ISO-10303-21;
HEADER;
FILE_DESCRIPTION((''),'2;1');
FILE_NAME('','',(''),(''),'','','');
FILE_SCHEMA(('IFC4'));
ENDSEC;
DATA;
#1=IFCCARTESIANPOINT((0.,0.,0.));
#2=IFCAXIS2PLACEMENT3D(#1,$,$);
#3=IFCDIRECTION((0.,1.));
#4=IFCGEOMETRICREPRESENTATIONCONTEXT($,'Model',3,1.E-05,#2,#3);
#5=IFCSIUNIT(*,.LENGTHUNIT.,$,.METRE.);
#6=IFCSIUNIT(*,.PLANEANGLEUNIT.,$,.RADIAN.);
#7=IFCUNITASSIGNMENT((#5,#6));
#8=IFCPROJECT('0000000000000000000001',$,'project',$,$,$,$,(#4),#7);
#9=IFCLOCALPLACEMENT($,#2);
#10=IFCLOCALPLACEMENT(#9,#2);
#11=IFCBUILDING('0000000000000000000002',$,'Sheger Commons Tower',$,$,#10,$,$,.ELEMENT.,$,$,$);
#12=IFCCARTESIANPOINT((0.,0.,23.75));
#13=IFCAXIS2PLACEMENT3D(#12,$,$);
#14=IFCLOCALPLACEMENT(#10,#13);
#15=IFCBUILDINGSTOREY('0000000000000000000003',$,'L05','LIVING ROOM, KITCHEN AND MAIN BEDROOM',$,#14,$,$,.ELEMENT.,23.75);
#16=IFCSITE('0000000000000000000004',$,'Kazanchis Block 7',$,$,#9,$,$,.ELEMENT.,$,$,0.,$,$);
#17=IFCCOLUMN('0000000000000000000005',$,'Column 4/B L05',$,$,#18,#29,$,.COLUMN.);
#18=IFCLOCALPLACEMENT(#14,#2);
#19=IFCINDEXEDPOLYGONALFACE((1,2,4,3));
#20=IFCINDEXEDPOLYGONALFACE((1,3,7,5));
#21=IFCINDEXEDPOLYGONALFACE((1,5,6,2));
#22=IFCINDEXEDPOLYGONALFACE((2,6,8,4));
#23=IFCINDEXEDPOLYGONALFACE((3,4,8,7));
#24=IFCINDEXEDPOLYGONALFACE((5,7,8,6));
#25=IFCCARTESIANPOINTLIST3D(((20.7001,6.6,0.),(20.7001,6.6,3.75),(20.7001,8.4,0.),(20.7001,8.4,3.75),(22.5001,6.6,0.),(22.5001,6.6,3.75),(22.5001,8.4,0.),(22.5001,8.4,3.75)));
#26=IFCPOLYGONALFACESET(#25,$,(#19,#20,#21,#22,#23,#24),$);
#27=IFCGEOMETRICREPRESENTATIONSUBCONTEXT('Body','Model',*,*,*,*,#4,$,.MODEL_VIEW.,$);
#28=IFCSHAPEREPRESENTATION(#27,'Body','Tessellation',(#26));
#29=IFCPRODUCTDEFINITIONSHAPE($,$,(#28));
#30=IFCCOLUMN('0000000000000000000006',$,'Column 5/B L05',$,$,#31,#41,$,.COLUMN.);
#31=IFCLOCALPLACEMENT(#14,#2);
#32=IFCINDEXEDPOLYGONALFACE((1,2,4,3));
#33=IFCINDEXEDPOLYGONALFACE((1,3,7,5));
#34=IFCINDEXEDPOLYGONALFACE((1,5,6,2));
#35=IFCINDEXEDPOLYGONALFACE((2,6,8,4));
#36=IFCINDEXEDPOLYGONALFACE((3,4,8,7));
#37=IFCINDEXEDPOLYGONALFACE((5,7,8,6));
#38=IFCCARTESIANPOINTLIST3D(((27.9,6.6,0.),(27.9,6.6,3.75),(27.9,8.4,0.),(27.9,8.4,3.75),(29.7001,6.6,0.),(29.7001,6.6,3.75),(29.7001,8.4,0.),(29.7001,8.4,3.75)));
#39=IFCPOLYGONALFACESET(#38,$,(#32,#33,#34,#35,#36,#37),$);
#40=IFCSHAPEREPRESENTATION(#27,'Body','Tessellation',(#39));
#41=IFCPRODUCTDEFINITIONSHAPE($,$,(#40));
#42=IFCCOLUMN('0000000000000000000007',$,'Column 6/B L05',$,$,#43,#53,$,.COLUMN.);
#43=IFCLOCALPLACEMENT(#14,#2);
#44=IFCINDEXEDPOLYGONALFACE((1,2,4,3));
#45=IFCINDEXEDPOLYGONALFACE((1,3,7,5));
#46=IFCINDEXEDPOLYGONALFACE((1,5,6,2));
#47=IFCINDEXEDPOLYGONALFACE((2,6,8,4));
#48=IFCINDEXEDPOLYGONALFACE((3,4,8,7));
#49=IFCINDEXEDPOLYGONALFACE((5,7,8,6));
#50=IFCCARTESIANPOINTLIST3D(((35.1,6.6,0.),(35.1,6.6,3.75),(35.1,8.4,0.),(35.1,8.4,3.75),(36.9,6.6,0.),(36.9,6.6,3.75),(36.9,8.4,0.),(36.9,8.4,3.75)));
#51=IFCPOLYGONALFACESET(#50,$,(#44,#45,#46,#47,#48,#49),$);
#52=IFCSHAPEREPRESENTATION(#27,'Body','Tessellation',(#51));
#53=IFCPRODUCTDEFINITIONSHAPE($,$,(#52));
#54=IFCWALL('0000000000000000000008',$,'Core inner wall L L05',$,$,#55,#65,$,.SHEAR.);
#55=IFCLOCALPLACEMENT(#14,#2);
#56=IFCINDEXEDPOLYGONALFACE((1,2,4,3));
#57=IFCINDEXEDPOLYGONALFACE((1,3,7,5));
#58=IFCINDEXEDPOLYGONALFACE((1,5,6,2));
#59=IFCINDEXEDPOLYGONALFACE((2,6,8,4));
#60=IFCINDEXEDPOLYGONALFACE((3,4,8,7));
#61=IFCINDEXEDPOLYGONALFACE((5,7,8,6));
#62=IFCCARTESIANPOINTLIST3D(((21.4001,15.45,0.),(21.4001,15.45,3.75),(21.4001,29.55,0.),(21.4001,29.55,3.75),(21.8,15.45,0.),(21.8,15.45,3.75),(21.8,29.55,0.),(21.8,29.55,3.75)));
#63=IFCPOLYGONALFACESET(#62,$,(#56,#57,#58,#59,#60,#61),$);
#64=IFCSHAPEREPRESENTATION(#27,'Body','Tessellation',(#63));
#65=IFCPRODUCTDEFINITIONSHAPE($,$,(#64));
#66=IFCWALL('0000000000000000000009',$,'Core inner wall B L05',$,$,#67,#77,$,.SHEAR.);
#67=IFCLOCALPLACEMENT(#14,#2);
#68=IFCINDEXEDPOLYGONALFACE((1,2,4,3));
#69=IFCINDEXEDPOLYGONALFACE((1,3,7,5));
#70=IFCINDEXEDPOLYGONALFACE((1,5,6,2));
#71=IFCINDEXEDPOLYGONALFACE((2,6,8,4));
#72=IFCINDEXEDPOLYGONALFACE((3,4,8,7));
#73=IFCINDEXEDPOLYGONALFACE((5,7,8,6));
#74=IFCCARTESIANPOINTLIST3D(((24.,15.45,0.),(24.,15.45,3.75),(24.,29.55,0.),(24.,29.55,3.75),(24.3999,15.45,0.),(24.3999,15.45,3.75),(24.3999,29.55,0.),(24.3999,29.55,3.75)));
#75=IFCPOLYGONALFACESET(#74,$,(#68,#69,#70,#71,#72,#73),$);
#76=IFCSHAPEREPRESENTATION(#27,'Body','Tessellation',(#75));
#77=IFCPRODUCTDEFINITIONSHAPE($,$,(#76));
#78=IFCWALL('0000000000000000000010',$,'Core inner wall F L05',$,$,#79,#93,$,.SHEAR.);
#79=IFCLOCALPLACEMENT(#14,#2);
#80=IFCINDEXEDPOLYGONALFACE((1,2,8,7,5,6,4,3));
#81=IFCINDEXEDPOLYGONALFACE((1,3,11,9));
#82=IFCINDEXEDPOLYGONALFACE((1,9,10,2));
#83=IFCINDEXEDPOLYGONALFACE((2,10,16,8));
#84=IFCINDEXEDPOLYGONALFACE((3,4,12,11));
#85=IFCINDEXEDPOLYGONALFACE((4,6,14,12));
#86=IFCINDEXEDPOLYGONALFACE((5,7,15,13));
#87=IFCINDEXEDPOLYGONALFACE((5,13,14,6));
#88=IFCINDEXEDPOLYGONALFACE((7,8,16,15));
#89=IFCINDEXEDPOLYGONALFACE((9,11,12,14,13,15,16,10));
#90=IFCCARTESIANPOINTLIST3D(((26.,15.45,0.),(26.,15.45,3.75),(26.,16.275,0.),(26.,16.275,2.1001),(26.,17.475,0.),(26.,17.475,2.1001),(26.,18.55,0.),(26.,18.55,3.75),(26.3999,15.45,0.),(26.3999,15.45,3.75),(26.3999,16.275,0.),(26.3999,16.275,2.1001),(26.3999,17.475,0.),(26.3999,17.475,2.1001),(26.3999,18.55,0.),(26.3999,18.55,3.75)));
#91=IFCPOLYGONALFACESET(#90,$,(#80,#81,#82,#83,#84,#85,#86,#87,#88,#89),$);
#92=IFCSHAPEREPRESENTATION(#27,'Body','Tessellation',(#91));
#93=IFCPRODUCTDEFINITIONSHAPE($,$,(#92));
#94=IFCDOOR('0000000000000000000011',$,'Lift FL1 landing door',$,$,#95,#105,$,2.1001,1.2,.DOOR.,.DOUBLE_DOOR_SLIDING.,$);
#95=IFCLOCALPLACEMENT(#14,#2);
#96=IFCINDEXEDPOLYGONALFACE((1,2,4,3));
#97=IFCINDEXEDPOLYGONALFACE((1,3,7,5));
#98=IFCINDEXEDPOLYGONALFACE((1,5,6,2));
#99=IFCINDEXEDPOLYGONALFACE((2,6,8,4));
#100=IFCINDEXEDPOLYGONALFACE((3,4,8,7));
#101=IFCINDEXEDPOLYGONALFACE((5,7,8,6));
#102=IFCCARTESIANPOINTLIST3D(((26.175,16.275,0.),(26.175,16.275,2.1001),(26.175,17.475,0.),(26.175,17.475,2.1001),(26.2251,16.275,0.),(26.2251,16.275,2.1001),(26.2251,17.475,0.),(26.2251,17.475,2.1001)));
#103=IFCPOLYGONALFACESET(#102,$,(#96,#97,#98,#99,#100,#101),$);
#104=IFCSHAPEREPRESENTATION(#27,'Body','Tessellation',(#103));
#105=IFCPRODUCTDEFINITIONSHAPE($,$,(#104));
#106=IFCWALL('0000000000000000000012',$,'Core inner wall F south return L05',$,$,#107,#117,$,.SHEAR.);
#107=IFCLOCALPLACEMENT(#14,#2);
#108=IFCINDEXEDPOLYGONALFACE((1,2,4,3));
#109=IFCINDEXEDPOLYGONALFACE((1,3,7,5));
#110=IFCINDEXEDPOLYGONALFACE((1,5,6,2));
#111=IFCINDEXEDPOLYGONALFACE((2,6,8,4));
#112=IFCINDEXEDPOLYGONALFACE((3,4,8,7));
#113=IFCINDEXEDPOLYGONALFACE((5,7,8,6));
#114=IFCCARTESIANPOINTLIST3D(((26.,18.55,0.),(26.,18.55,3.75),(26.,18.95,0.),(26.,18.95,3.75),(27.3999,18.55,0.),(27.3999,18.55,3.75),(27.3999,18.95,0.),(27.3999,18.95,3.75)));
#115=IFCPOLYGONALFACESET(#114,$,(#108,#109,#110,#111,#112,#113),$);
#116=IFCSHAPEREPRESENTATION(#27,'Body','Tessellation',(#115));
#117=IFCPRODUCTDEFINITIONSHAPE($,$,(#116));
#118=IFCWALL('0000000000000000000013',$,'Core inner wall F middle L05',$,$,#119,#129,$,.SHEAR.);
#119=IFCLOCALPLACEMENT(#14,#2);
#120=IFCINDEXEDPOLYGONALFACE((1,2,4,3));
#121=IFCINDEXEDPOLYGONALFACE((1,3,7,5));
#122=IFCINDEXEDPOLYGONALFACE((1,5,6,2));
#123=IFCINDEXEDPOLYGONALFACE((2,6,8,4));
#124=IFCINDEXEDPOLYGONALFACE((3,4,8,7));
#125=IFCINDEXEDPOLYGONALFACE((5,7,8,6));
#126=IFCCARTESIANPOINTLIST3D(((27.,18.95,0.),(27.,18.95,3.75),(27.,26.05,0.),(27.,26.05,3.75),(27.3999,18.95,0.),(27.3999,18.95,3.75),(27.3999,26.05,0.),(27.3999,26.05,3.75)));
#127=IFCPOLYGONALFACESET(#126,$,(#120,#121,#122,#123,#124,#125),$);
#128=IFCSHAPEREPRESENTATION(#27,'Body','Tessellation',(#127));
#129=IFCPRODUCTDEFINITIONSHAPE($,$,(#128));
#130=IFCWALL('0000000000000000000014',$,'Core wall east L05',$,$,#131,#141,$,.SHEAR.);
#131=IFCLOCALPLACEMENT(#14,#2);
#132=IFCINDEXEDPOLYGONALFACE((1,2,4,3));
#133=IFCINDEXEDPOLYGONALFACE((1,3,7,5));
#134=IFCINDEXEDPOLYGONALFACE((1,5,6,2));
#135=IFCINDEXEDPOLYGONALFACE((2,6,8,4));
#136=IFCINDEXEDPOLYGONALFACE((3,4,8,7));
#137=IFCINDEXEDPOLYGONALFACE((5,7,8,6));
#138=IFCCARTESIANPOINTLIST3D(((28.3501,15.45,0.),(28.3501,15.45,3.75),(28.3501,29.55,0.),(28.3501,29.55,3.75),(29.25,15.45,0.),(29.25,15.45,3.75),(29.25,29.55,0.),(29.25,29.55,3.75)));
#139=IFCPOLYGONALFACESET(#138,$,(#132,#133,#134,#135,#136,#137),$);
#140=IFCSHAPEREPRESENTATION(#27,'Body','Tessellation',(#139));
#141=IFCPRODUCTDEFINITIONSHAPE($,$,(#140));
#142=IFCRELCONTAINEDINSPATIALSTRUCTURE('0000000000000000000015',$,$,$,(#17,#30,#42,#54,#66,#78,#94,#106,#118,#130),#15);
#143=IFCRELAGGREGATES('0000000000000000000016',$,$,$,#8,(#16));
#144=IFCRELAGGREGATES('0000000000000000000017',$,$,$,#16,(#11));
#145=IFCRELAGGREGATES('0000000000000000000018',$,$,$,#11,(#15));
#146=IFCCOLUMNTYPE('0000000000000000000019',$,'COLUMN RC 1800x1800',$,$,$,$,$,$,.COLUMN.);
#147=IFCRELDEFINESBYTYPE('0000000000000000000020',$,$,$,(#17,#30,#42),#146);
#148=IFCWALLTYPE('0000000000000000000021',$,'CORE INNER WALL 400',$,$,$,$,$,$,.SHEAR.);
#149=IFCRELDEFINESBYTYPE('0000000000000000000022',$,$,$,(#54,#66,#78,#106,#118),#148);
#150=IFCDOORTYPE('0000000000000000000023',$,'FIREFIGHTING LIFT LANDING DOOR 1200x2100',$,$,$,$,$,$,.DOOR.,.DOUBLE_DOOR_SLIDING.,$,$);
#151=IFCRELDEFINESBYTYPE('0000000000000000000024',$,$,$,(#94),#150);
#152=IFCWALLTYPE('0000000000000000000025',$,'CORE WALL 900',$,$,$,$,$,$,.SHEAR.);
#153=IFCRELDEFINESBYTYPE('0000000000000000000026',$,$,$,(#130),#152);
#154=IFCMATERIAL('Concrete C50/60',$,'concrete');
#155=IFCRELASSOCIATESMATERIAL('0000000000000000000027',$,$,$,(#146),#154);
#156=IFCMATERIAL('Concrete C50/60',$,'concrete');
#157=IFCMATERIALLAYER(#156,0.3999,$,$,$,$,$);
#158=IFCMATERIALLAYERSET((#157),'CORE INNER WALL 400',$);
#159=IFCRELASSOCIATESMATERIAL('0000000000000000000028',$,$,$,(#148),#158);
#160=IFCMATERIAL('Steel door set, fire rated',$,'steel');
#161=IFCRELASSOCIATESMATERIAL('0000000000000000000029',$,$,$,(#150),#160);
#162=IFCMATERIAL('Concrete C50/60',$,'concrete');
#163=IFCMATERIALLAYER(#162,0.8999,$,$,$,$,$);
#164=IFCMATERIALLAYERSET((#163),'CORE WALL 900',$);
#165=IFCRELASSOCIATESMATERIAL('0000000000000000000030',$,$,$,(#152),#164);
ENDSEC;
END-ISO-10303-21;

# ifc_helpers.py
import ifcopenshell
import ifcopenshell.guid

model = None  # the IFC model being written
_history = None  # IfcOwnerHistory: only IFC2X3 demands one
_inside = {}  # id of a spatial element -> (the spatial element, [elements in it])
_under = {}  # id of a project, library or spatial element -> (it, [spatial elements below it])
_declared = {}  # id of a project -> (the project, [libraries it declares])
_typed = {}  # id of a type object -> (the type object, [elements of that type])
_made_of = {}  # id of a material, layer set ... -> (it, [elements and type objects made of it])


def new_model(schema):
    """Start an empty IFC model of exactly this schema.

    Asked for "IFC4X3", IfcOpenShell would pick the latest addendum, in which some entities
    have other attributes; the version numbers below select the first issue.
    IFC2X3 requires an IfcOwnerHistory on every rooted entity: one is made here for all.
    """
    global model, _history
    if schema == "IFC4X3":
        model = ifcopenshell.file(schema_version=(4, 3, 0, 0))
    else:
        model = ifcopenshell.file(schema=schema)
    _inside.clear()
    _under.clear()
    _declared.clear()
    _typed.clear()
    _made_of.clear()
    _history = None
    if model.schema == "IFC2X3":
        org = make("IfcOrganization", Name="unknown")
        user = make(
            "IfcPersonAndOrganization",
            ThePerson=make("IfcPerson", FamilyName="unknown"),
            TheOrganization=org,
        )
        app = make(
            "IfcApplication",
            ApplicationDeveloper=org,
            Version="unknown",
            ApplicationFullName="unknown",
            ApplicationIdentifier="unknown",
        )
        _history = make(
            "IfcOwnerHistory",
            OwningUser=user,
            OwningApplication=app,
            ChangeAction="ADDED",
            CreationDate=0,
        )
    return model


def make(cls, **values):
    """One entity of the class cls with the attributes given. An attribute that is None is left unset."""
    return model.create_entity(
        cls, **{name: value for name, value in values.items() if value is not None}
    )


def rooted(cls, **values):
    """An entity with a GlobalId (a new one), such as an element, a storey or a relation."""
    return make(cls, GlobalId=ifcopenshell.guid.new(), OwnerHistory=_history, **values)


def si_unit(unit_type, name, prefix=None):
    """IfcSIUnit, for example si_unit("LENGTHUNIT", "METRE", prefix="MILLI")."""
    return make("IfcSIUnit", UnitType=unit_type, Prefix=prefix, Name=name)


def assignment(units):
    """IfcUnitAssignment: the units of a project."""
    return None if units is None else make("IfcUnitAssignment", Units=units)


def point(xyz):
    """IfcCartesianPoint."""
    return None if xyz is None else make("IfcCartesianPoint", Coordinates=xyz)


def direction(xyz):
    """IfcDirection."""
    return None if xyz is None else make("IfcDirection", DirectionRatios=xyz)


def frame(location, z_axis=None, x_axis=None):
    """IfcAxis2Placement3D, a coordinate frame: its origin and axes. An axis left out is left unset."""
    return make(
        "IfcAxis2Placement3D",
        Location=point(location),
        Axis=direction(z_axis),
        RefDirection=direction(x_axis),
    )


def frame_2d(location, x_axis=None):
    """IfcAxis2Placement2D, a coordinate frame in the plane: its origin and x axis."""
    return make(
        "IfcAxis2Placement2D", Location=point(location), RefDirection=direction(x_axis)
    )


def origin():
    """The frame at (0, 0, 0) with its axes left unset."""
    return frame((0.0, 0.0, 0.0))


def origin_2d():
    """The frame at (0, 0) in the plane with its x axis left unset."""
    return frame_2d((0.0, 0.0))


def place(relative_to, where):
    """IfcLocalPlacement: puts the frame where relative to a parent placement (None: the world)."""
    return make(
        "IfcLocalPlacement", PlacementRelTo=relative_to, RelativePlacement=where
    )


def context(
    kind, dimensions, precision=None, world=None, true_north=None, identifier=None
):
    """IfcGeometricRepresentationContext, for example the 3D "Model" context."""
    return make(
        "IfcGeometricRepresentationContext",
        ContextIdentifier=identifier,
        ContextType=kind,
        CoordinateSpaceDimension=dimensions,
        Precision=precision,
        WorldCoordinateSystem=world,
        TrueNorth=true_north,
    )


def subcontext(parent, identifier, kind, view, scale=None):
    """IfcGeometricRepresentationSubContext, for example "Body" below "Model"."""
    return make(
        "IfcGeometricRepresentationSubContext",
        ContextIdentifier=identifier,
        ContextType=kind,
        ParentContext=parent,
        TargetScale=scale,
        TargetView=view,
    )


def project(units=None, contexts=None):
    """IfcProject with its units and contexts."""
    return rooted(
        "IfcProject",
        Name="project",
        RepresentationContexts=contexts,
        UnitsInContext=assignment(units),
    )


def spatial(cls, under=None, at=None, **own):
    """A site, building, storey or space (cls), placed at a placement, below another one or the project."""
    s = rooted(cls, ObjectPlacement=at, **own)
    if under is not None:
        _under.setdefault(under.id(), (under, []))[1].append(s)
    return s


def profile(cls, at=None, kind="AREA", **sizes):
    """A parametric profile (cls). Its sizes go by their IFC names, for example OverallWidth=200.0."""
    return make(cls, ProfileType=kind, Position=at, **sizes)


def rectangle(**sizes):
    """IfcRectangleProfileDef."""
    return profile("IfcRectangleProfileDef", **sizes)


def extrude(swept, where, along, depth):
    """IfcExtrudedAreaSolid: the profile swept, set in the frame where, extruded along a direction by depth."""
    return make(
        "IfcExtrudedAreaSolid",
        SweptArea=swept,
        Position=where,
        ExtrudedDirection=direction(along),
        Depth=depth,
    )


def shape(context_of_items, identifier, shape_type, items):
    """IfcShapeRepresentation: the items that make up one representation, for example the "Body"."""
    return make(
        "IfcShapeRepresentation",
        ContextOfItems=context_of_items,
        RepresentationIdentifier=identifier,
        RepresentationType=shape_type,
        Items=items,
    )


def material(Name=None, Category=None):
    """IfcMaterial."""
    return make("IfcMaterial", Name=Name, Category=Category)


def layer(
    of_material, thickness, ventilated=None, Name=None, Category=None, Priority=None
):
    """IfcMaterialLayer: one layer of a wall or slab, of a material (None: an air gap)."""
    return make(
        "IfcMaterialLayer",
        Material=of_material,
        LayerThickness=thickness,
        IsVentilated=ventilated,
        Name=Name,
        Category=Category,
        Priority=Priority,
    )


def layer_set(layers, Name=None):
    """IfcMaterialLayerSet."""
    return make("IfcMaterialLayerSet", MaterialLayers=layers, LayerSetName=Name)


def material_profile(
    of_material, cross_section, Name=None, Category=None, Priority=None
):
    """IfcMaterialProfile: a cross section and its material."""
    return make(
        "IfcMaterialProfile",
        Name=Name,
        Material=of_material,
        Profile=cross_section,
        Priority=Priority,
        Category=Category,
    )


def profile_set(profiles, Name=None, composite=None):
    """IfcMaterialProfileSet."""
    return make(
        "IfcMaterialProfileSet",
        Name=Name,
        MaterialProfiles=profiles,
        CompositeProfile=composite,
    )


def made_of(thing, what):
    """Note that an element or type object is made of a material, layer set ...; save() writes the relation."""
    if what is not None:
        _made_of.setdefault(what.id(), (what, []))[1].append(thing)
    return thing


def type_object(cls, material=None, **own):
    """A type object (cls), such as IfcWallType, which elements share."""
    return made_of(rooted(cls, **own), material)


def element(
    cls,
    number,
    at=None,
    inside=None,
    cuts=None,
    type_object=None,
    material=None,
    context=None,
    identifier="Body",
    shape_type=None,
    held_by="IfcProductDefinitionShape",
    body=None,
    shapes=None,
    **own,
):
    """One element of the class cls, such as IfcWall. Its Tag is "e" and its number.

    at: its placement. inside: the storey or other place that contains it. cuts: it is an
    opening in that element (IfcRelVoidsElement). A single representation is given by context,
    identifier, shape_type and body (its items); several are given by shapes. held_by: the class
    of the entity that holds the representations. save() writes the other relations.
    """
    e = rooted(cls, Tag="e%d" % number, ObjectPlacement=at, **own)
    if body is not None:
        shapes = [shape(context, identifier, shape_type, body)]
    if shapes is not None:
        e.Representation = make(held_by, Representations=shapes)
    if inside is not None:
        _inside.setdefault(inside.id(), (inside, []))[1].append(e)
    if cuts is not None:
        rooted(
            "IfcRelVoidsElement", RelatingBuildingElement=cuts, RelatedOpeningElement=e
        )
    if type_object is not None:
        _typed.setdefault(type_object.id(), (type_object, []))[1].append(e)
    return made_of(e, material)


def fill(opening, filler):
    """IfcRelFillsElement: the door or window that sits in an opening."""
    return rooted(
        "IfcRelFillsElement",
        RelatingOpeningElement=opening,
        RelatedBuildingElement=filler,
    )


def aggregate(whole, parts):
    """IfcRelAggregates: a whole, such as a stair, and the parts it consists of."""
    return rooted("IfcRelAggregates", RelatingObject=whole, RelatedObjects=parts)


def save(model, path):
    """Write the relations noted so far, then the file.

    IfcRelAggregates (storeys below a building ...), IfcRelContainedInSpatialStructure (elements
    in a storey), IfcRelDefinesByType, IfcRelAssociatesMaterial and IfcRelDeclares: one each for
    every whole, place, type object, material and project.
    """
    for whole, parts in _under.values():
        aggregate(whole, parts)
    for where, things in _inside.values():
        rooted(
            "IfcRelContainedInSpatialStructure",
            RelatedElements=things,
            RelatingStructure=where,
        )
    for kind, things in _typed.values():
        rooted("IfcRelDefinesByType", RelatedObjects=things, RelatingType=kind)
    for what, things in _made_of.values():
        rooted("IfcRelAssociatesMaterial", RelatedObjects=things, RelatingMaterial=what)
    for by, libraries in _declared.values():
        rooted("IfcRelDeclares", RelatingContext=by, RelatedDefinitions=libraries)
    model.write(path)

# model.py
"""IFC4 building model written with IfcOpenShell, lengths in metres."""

from ifc_helpers import new_model, si_unit, direction, frame, frame_2d, origin, origin_2d, place, context, subcontext, project, spatial, rectangle, extrude, material, layer, layer_set, material_profile, profile_set, type_object, element, fill, save


model = new_model("IFC4")

# Units and contexts
model_context = context("Model", 3, precision=1e-05, world=origin(), true_north=direction((0.0, 1.0)))
body_context = subcontext(model_context, "Body", "Model", "MODEL_VIEW")
ifc_project = project(units=[si_unit("LENGTHUNIT", "METRE"), si_unit("PLANEANGLEUNIT", "RADIAN")], contexts=[model_context])

# Site, building, storey
site_placement = place(None, origin())
site = spatial("IfcSite", under=ifc_project, at=site_placement, Name="Kazanchis Block 7", CompositionType="ELEMENT", RefElevation=0.0)
building_placement = place(site_placement, origin())
building = spatial("IfcBuilding", under=site, at=building_placement, Name="Sheger Commons Tower", CompositionType="ELEMENT")
storey_placement = place(building_placement, frame((0.0, 0.0, 23.75)))
storey = spatial("IfcBuildingStorey", under=building, at=storey_placement, Name="L05", Description="LIVING ROOM, KITCHEN AND MAIN BEDROOM", CompositionType="ELEMENT", Elevation=23.75)

# Columns
ifc_material_1 = material(Name="Concrete C50/60", Category="concrete")
ifc_material_profile = material_profile(ifc_material_1, rectangle(XDim=1.8, YDim=1.8, at=origin_2d()), Name="RC 1800x1800")
ifc_profile_set = profile_set([ifc_material_profile], Name="Concrete C50/60")
column_type = type_object("IfcColumnType", Name="COLUMN RC 1800x1800", PredefinedType="COLUMN", material=ifc_profile_set)
for number, where, z_axis, x_axis, name in (
    (1, (21.6001, 7.5, 0.0), (0.0, 0.0, 1.0), (1.0, 0.0, 0.0), "Column 4/B L05"),
    (2, (28.8, 7.5, 0.0), (0.0, 0.0, 1.0), (1.0, 0.0, 0.0), "Column 5/B L05"),
    (3, (36.0, 7.5, 0.0), (0.0, 0.0, 1.0), (1.0, 0.0, 0.0), "Column 6/B L05"),
):
    element("IfcColumn", number, at=place(storey_placement, frame(where, z_axis=z_axis, x_axis=x_axis)), inside=storey, type_object=column_type, Name=name, PredefinedType="COLUMN", context=body_context, shape_type="SweptSolid", body=[
        extrude(rectangle(XDim=1.8, YDim=1.8, at=origin_2d()), origin(), (0.0, 0.0, 1.0), 3.75),
    ])

# Walls
ifc_material_2 = material(Name="Concrete C50/60", Category="concrete")
ifc_layer_1 = layer(ifc_material_2, 0.3999)
ifc_layer_set_1 = layer_set([ifc_layer_1], Name="CORE INNER WALL 400")
wall_type_1 = type_object("IfcWallType", Name="CORE INNER WALL 400", PredefinedType="SHEAR", material=ifc_layer_set_1)
for number, where, z_axis, x_axis, name in (
    (4, (21.6001, 15.45, 0.0), (0.0, 0.0, 1.0), (0.0, 1.0, 0.0), "Core inner wall L L05"),
    (5, (24.2, 15.45, 0.0), (0.0, 0.0, 1.0), (0.0, 1.0, 0.0), "Core inner wall B L05"),
):
    element("IfcWall", number, at=place(storey_placement, frame(where, z_axis=z_axis, x_axis=x_axis)), inside=storey, type_object=wall_type_1, Name=name, PredefinedType="SHEAR", context=body_context, shape_type="SweptSolid", body=[
        extrude(rectangle(XDim=14.1001, YDim=0.3999, at=frame_2d((7.05, 0.0))), origin(), (0.0, 0.0, 1.0), 3.75),
    ])

# Wall, opening, door
wall_1_placement = place(storey_placement, frame((26.2, 15.45, 0.0), z_axis=(0.0, 0.0, 1.0), x_axis=(0.0, 1.0, 0.0)))
wall_1 = element("IfcWall", 6, at=wall_1_placement, inside=storey, type_object=wall_type_1, Name="Core inner wall F L05", PredefinedType="SHEAR", context=body_context, shape_type="SweptSolid", body=[
    extrude(rectangle(XDim=3.1001, YDim=0.3999, at=frame_2d((1.55, 0.0))), origin(), (0.0, 0.0, 1.0), 3.75),
])
opening_1_placement = place(wall_1_placement, frame((0.825, 0.0, 0.0)))
opening_1 = element("IfcOpeningElement", 7, at=opening_1_placement, cuts=wall_1, PredefinedType="OPENING", context=body_context, shape_type="SweptSolid", body=[
    extrude(rectangle(XDim=1.2, YDim=2.1001, at=frame_2d((0.6001, 1.05))), frame((0.0, 0.21, 0.0), z_axis=(0.0, -1.0, 0.0), x_axis=(1.0, 0.0, 0.0)), (0.0, 0.0, 1.0), 0.4199),
])
ifc_material_3 = material(Name="Steel door set, fire rated", Category="steel")
door_type_1 = type_object("IfcDoorType", Name="FIREFIGHTING LIFT LANDING DOOR 1200x2100", OperationType="DOUBLE_DOOR_SLIDING", PredefinedType="DOOR", material=ifc_material_3)
door_1_placement = place(opening_1_placement, origin())
door_1 = element("IfcDoor", 8, at=door_1_placement, inside=storey, type_object=door_type_1, Name="Lift FL1 landing door", OperationType="DOUBLE_DOOR_SLIDING", OverallHeight=2.1001, OverallWidth=1.2, PredefinedType="DOOR", context=body_context, shape_type="SweptSolid", body=[
    extrude(rectangle(XDim=1.2, YDim=2.1001, at=frame_2d((0.6001, 1.05))), frame((0.0, 0.0249, 0.0), z_axis=(0.0, -1.0, 0.0), x_axis=(1.0, 0.0, 0.0)), (0.0, 0.0, 1.0), 0.05),
])
fill(opening_1, door_1)

# Walls
wall_2_placement = place(storey_placement, frame((26.0, 18.75, 0.0), z_axis=(0.0, 0.0, 1.0), x_axis=(1.0, 0.0, 0.0)))
element("IfcWall", 9, at=wall_2_placement, inside=storey, type_object=wall_type_1, Name="Core inner wall F south return L05", PredefinedType="SHEAR", context=body_context, shape_type="SweptSolid", body=[
    extrude(rectangle(XDim=1.3999, YDim=0.3999, at=frame_2d((0.7, 0.0))), origin(), (0.0, 0.0, 1.0), 3.75),
])
wall_3_placement = place(storey_placement, frame((27.2, 18.95, 0.0), z_axis=(0.0, 0.0, 1.0), x_axis=(0.0, 1.0, 0.0)))
element("IfcWall", 10, at=wall_3_placement, inside=storey, type_object=wall_type_1, Name="Core inner wall F middle L05", PredefinedType="SHEAR", context=body_context, shape_type="SweptSolid", body=[
    extrude(rectangle(XDim=7.1001, YDim=0.3999, at=frame_2d((3.55, 0.0))), origin(), (0.0, 0.0, 1.0), 3.75),
])
ifc_material_4 = material(Name="Concrete C50/60", Category="concrete")
ifc_layer_2 = layer(ifc_material_4, 0.8999)
ifc_layer_set_2 = layer_set([ifc_layer_2], Name="CORE WALL 900")
wall_type_2 = type_object("IfcWallType", Name="CORE WALL 900", PredefinedType="SHEAR", material=ifc_layer_set_2)
wall_4_placement = place(storey_placement, frame((28.8, 15.45, 0.0), z_axis=(0.0, 0.0, 1.0), x_axis=(0.0, 1.0, 0.0)))
element("IfcWall", 11, at=wall_4_placement, inside=storey, type_object=wall_type_2, Name="Core wall east L05", PredefinedType="SHEAR", context=body_context, shape_type="SweptSolid", body=[
    extrude(rectangle(XDim=14.1001, YDim=0.8999, at=frame_2d((7.05, 0.0))), origin(), (0.0, 0.0, 1.0), 3.75),
])

save(model, "model.ifc")
